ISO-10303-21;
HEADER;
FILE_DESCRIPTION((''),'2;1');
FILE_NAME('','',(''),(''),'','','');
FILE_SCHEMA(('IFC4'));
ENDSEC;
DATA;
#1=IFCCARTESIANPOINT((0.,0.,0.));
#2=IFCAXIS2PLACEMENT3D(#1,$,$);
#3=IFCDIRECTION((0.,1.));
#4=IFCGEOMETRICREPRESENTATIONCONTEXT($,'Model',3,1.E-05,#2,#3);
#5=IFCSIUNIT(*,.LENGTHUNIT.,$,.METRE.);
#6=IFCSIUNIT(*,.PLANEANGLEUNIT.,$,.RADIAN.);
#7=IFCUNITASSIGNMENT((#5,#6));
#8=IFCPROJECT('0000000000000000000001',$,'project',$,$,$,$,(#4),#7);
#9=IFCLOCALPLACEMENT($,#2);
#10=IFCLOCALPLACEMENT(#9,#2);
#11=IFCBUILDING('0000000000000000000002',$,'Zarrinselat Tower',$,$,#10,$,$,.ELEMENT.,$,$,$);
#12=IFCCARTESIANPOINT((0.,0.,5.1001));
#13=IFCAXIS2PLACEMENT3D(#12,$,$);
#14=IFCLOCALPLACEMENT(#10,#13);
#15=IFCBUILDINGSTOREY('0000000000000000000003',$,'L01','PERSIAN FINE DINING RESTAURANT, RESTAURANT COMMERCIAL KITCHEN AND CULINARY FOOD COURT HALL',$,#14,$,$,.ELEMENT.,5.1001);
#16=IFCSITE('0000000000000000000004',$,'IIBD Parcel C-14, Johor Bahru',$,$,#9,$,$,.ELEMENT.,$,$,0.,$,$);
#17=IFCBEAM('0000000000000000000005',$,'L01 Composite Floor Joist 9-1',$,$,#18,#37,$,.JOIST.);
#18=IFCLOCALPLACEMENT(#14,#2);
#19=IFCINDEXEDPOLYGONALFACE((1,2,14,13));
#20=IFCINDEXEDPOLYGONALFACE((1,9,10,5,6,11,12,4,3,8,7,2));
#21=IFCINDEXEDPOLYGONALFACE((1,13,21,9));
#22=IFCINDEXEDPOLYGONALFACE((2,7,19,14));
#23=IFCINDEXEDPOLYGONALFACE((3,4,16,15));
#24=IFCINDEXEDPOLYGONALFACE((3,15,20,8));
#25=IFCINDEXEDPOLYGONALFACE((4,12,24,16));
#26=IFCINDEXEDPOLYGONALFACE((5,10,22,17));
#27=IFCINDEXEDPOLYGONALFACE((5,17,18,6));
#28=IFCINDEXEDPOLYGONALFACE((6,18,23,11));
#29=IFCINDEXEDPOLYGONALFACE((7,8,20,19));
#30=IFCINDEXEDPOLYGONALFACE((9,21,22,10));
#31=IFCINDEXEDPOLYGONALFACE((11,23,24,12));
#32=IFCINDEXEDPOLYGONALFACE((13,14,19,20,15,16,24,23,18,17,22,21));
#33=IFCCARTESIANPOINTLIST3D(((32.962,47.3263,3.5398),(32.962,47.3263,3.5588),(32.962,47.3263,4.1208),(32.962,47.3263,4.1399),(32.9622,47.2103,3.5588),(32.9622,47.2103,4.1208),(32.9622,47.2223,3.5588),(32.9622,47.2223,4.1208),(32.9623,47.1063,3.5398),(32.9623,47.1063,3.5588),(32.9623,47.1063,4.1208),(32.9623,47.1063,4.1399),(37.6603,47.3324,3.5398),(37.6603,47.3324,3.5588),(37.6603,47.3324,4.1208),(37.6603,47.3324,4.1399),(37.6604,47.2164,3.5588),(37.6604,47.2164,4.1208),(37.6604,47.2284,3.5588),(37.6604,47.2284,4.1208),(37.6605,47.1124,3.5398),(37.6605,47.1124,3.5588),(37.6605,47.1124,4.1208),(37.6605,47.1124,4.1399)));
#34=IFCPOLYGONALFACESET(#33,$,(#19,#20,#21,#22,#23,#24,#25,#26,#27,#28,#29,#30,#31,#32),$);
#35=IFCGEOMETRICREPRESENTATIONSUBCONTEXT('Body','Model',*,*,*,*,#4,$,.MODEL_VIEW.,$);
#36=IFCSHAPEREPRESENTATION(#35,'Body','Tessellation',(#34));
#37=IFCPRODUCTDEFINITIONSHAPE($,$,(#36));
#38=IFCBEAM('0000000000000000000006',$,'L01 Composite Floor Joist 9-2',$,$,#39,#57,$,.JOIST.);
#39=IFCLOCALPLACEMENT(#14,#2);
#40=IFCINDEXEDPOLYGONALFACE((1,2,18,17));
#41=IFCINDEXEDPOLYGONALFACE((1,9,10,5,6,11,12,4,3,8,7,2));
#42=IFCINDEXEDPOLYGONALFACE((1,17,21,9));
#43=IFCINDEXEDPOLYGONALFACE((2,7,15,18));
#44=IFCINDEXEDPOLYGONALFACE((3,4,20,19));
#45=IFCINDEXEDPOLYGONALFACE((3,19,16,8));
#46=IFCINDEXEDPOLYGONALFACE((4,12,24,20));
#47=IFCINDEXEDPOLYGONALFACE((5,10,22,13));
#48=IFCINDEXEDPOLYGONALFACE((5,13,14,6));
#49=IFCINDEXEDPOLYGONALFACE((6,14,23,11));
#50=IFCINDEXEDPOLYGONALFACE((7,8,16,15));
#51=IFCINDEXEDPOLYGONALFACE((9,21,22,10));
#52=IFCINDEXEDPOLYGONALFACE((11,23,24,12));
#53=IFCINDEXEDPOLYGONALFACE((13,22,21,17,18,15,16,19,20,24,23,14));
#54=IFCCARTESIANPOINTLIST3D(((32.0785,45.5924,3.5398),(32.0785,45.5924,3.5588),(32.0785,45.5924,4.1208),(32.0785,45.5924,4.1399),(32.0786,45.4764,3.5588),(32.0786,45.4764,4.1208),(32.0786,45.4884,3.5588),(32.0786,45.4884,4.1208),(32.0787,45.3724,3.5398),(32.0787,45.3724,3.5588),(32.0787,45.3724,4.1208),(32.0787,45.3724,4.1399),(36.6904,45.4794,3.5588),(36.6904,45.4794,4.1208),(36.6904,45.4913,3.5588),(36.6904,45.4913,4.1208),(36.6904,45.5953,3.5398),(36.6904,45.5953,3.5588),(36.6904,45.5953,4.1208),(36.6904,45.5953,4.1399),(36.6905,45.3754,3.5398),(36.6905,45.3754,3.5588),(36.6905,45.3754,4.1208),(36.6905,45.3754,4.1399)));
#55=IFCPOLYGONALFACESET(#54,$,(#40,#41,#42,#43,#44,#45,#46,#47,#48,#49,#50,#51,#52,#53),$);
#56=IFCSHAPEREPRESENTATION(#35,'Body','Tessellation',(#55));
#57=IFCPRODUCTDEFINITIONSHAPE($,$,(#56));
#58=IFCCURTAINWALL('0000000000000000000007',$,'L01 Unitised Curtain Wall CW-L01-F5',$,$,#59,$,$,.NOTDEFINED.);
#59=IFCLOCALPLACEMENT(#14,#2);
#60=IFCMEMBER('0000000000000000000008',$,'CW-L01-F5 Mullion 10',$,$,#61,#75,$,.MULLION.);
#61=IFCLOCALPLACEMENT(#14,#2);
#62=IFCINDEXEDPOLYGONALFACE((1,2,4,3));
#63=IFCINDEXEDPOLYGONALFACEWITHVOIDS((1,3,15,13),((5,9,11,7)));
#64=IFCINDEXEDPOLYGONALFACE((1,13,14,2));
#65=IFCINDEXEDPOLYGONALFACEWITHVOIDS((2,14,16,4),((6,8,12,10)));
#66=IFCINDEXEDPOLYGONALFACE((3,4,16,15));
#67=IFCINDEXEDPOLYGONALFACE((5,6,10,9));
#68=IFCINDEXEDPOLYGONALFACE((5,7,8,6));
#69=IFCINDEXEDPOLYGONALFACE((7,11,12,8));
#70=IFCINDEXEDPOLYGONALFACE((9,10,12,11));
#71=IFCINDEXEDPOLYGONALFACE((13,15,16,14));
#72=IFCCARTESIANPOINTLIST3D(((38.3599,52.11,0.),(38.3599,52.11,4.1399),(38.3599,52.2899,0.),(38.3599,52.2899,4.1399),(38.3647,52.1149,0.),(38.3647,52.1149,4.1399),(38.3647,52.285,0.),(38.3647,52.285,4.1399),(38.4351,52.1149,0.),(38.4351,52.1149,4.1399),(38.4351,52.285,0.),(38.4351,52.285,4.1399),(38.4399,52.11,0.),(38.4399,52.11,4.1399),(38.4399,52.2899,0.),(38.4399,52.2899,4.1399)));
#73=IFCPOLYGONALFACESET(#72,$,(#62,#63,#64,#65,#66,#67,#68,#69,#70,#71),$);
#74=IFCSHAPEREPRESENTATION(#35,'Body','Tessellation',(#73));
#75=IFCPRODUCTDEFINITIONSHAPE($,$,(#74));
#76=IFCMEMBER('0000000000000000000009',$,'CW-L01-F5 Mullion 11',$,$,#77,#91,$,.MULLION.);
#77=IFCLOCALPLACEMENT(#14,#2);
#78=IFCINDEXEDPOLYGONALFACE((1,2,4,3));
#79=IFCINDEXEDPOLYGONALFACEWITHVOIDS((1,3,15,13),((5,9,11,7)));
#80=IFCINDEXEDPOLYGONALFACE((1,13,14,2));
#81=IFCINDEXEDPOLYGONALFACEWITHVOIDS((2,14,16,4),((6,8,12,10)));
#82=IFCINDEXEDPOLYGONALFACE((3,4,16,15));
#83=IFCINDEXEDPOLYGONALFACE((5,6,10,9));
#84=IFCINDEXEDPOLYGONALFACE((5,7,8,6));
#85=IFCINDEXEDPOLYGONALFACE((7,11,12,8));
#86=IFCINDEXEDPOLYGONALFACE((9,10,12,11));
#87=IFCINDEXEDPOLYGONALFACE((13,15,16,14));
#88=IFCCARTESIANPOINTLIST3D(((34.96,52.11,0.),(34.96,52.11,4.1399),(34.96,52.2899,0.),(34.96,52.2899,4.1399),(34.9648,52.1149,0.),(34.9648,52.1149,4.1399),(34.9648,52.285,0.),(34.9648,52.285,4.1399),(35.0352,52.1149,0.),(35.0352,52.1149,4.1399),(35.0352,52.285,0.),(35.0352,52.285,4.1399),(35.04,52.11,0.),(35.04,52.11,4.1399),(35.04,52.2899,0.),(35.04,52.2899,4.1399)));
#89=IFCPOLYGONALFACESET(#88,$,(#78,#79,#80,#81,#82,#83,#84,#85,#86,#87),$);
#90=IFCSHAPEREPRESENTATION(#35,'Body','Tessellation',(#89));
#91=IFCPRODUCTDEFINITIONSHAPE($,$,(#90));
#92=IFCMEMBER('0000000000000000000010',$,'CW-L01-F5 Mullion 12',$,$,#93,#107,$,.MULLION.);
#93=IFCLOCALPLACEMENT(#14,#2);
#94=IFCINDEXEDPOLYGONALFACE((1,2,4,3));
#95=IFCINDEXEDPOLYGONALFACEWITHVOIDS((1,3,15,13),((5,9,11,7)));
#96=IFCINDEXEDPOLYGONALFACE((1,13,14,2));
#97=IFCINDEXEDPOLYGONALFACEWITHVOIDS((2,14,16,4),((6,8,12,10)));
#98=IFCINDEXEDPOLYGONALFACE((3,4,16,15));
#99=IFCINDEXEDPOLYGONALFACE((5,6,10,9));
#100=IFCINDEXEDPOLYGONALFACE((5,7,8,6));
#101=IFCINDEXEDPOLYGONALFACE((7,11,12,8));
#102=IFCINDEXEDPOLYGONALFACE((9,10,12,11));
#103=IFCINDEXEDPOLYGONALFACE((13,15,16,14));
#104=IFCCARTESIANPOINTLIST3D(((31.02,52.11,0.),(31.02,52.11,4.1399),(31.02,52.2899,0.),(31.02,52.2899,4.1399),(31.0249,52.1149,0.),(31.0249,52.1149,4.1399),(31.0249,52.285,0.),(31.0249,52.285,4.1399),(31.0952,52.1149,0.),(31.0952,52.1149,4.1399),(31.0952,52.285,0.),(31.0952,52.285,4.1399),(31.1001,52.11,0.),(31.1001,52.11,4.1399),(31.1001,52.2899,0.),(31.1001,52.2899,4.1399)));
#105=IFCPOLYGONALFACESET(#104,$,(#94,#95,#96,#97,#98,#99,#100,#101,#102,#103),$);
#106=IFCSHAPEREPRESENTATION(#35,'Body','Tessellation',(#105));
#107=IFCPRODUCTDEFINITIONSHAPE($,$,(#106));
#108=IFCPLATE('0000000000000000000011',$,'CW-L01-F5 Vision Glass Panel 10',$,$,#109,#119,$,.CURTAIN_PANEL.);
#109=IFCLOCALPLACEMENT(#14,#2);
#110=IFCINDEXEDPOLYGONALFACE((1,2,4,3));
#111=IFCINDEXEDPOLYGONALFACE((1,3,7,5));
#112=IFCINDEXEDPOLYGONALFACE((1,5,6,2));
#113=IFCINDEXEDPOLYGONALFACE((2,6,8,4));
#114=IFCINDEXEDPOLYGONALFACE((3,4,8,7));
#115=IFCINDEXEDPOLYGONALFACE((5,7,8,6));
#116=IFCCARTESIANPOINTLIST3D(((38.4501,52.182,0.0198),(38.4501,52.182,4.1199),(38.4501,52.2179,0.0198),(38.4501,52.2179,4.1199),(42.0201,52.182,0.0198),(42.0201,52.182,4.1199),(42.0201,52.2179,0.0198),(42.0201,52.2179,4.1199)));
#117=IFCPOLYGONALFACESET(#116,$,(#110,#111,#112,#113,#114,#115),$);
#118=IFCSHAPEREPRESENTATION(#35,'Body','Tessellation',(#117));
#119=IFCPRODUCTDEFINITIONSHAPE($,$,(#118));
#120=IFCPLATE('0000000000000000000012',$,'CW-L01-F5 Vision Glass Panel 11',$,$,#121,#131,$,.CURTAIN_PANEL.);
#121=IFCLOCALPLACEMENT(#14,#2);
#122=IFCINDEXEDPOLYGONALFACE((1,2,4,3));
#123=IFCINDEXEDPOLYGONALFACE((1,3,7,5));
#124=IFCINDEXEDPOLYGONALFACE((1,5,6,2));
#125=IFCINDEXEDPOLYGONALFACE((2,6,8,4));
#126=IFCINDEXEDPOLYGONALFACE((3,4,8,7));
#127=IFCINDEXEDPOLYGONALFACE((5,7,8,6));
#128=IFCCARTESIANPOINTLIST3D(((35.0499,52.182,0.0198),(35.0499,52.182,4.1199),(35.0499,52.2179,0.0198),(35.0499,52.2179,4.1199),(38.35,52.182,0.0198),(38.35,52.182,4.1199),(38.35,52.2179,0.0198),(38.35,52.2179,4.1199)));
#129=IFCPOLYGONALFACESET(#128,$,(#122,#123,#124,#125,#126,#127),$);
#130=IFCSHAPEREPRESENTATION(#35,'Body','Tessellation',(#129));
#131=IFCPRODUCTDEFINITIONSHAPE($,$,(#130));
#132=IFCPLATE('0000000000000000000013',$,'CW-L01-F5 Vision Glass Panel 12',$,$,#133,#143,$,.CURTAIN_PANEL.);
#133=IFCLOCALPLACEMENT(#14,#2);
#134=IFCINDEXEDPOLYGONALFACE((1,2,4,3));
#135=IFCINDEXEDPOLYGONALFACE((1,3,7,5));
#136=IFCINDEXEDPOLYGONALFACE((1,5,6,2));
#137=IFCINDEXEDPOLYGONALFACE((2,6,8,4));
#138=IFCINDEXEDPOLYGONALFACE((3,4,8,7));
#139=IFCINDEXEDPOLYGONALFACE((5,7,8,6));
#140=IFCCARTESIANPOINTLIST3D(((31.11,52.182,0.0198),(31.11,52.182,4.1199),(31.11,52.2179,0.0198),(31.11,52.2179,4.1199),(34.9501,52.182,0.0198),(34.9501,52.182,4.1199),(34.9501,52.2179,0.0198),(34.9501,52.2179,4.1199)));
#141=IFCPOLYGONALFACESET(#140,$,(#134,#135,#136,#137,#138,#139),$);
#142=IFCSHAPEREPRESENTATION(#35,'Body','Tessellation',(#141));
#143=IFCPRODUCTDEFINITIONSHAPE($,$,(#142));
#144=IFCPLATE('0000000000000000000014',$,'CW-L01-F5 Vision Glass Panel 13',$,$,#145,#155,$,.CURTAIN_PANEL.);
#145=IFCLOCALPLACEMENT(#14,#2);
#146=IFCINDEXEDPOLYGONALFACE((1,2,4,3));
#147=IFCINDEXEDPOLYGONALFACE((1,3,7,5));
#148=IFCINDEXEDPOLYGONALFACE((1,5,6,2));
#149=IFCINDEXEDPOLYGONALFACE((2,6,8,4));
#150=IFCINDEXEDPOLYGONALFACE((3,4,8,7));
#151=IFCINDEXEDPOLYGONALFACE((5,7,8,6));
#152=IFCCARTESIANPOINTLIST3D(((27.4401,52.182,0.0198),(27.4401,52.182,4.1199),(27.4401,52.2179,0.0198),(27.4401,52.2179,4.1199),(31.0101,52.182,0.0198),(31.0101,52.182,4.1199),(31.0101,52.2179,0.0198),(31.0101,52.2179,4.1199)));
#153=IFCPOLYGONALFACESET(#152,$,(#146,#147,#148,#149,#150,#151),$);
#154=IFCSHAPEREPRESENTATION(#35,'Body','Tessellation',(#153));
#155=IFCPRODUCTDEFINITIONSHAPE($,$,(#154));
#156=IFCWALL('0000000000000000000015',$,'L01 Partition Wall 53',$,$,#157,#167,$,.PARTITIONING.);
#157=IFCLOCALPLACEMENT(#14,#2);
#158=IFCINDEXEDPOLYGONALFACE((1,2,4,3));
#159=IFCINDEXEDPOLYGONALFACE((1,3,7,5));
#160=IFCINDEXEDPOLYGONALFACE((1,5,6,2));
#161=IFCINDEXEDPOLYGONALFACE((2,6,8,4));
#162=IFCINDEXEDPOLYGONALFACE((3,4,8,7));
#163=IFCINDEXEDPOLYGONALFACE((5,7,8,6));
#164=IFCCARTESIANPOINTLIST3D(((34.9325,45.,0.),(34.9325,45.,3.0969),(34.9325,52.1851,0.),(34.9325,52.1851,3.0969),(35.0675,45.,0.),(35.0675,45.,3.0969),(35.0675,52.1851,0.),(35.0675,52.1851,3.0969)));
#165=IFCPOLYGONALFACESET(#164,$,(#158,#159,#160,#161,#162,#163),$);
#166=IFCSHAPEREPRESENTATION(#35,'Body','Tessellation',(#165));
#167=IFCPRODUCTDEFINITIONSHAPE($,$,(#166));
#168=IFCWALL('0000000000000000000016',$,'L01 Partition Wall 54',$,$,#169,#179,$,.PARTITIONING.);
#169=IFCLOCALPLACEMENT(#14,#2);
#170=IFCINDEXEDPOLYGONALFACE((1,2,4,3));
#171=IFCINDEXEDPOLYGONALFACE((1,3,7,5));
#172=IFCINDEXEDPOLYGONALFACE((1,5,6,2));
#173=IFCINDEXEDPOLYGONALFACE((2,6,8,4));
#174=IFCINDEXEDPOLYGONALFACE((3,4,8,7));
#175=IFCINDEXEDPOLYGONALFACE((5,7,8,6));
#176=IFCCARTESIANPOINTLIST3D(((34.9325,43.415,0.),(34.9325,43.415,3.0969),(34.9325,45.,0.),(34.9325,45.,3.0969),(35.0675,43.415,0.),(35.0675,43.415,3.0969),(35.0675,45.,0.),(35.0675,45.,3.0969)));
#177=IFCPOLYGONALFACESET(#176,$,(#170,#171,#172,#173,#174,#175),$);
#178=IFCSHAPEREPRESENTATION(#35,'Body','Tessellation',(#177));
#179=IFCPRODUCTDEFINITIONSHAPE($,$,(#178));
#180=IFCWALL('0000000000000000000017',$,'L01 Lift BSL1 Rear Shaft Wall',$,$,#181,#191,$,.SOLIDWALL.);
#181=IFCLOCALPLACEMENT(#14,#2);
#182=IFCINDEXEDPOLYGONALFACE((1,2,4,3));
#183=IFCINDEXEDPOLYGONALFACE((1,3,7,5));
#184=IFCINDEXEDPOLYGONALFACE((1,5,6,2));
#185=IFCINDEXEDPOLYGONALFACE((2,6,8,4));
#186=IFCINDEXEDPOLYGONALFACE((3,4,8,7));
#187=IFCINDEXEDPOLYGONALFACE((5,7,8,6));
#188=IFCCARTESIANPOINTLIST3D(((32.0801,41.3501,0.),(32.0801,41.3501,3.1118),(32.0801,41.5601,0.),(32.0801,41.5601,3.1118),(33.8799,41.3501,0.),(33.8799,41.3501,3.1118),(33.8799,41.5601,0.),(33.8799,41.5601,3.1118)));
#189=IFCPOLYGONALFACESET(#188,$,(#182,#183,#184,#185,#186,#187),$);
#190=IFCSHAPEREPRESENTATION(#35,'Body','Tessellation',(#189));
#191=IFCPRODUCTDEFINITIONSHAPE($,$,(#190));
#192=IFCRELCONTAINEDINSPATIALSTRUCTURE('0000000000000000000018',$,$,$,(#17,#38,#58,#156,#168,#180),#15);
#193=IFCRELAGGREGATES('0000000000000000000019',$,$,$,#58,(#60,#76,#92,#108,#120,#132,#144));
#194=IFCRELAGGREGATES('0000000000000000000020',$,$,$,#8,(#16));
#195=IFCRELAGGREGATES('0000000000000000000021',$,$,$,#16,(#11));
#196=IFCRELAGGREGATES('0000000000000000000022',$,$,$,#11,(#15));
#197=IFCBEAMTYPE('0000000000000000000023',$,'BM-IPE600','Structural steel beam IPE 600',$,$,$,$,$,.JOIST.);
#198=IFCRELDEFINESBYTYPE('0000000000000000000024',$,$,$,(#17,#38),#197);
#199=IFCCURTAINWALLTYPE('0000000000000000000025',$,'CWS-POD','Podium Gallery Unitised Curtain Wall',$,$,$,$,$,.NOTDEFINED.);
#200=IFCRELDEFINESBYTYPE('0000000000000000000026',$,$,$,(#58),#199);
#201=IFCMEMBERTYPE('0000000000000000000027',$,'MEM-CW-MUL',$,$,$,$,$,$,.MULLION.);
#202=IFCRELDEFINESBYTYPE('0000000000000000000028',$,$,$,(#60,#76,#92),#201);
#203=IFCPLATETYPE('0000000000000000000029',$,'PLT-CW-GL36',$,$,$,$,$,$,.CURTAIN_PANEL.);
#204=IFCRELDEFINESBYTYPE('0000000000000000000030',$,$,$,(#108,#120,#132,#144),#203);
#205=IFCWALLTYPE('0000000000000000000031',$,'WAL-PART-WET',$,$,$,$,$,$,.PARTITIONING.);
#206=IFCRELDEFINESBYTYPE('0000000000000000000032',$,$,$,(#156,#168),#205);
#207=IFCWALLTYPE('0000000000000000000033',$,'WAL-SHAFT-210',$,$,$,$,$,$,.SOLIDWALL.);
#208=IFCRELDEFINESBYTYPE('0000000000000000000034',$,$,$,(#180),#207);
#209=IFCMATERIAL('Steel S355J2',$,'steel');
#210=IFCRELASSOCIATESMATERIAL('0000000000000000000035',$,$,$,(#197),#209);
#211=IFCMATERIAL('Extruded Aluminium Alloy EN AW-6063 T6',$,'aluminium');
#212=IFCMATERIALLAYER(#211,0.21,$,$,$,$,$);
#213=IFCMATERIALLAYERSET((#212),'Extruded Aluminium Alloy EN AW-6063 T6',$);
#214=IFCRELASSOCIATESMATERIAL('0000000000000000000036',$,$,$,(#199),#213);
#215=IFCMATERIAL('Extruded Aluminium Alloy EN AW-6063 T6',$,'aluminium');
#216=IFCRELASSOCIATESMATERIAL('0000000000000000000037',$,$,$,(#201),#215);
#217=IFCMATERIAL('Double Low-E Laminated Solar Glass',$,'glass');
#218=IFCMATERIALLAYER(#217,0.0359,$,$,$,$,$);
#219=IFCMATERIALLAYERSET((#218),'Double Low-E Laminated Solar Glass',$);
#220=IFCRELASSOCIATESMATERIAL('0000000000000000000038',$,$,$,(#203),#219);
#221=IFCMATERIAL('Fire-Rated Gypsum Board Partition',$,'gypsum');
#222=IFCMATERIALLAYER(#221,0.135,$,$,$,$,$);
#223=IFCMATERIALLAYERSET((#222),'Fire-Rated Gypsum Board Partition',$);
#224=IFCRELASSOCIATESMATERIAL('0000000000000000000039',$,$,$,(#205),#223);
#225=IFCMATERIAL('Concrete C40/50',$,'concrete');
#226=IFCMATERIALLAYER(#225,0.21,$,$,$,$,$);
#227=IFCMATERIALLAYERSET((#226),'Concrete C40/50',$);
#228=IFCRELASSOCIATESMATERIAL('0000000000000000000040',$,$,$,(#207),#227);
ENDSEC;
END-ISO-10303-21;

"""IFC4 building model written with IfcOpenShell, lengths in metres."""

from ifc_helpers import new_model, si_unit, direction, frame, frame_2d, origin, origin_2d, place, context, subcontext, project, spatial, rectangle, hollow_rectangle, i_section, extrude, material, layer, layer_set, material_profile, profile_set, type_object, element, aggregate, save


model = new_model("IFC4")

# Units and contexts
model_context = context("Model", 3, precision=1e-05, world=origin(), true_north=direction((0.0, 1.0)))
body_context = subcontext(model_context, "Body", "Model", "MODEL_VIEW")
ifc_project = project(units=[si_unit("LENGTHUNIT", "METRE"), si_unit("PLANEANGLEUNIT", "RADIAN")], contexts=[model_context])

# Site, building, storey
site_placement = place(None, origin())
site = spatial("IfcSite", under=ifc_project, at=site_placement, Name="IIBD Parcel C-14, Johor Bahru", CompositionType="ELEMENT", RefElevation=0.0)
building_placement = place(site_placement, origin())
building = spatial("IfcBuilding", under=site, at=building_placement, Name="Zarrinselat Tower", CompositionType="ELEMENT")
storey_placement = place(building_placement, frame((0.0, 0.0, 5.1001)))
storey = spatial("IfcBuildingStorey", under=building, at=storey_placement, Name="L01", Description="PERSIAN FINE DINING RESTAURANT, RESTAURANT COMMERCIAL KITCHEN AND CULINARY FOOD COURT HALL", CompositionType="ELEMENT", Elevation=5.1001)

# Beams
ifc_material_1 = material(Name="Steel S355J2", Category="steel")
ifc_material_profile_1 = material_profile(ifc_material_1, i_section(OverallWidth=0.22, OverallDepth=0.6001, WebThickness=0.012, FlangeThickness=0.019, at=origin_2d()), Name="IPE 600")
ifc_profile_set_1 = profile_set([ifc_material_profile_1], Name="Steel S355J2")
beam_type_1 = type_object("IfcBeamType", Name="BM-IPE600", Description="Structural steel beam IPE 600", PredefinedType="JOIST", material=ifc_profile_set_1)
beam_1_placement = place(storey_placement, frame((32.9622, 47.2163, 3.8398), z_axis=(0.999999, 0.001299, 0.0), x_axis=(-0.001299, 0.999999, 0.0)))
element("IfcBeam", 1, at=beam_1_placement, inside=storey, type_object=beam_type_1, Name="L01 Composite Floor Joist 9-1", PredefinedType="JOIST", context=body_context, shape_type="SweptSolid", body=[
    extrude(i_section(OverallWidth=0.22, OverallDepth=0.6001, WebThickness=0.012, FlangeThickness=0.019, at=origin_2d()), origin(), (0.0, 0.0, 1.0), 4.6982),
])
beam_2_placement = place(storey_placement, frame((32.0786, 45.4824, 3.8398), z_axis=(1.0, 0.000635, 0.0), x_axis=(-0.000635, 1.0, 0.0)))
element("IfcBeam", 2, at=beam_2_placement, inside=storey, type_object=beam_type_1, Name="L01 Composite Floor Joist 9-2", PredefinedType="JOIST", context=body_context, shape_type="SweptSolid", body=[
    extrude(i_section(OverallWidth=0.22, OverallDepth=0.6001, WebThickness=0.012, FlangeThickness=0.019, at=origin_2d()), origin(), (0.0, 0.0, 1.0), 4.6118),
])

# Curtain wall, members, plates
ifc_material_2 = material(Name="Extruded Aluminium Alloy EN AW-6063 T6", Category="aluminium")
ifc_layer_1 = layer(ifc_material_2, 0.21)
ifc_layer_set_1 = layer_set([ifc_layer_1], Name="Extruded Aluminium Alloy EN AW-6063 T6")
curtain_wall_type = type_object("IfcCurtainWallType", Name="CWS-POD", Description="Podium Gallery Unitised Curtain Wall", PredefinedType="NOTDEFINED", material=ifc_layer_set_1)
curtain_wall_placement = place(storey_placement, origin())
curtain_wall = element("IfcCurtainWall", 3, at=curtain_wall_placement, inside=storey, type_object=curtain_wall_type, Name="L01 Unitised Curtain Wall CW-L01-F5", PredefinedType="NOTDEFINED")
ifc_material_3 = material(Name="Extruded Aluminium Alloy EN AW-6063 T6", Category="aluminium")
ifc_material_profile_2 = material_profile(ifc_material_3, hollow_rectangle(XDim=0.0801, YDim=0.1799, WallThickness=0.0049, at=origin_2d()), Name="RHS 180x80x5")
ifc_profile_set_2 = profile_set([ifc_material_profile_2], Name="Extruded Aluminium Alloy EN AW-6063 T6")
member_type = type_object("IfcMemberType", Name="MEM-CW-MUL", PredefinedType="MULLION", material=ifc_profile_set_2)
member_1_placement = place(storey_placement, frame((38.3999, 52.2, 0.0), z_axis=(0.0, 0.0, 1.0), x_axis=(-1.0, 0.0, 0.0)))
member_1 = element("IfcMember", 4, at=member_1_placement, type_object=member_type, Name="CW-L01-F5 Mullion 10", PredefinedType="MULLION", context=body_context, shape_type="SweptSolid", body=[
    extrude(hollow_rectangle(XDim=0.0801, YDim=0.1799, WallThickness=0.0049, at=origin_2d()), origin(), (0.0, 0.0, 1.0), 4.1399),
])
member_2_placement = place(storey_placement, frame((35.0, 52.2, 0.0), z_axis=(0.0, 0.0, 1.0), x_axis=(-1.0, 0.0, 0.0)))
member_2 = element("IfcMember", 5, at=member_2_placement, type_object=member_type, Name="CW-L01-F5 Mullion 11", PredefinedType="MULLION", context=body_context, shape_type="SweptSolid", body=[
    extrude(hollow_rectangle(XDim=0.0801, YDim=0.1799, WallThickness=0.0049, at=origin_2d()), origin(), (0.0, 0.0, 1.0), 4.1399),
])
member_3_placement = place(storey_placement, frame((31.0601, 52.2, 0.0), z_axis=(0.0, 0.0, 1.0), x_axis=(-1.0, 0.0, 0.0)))
member_3 = element("IfcMember", 6, at=member_3_placement, type_object=member_type, Name="CW-L01-F5 Mullion 12", PredefinedType="MULLION", context=body_context, shape_type="SweptSolid", body=[
    extrude(hollow_rectangle(XDim=0.0801, YDim=0.1799, WallThickness=0.0049, at=origin_2d()), origin(), (0.0, 0.0, 1.0), 4.1399),
])
ifc_material_4 = material(Name="Double Low-E Laminated Solar Glass", Category="glass")
ifc_layer_2 = layer(ifc_material_4, 0.0359)
ifc_layer_set_2 = layer_set([ifc_layer_2], Name="Double Low-E Laminated Solar Glass")
plate_type = type_object("IfcPlateType", Name="PLT-CW-GL36", PredefinedType="CURTAIN_PANEL", material=ifc_layer_set_2)
plate_1_placement = place(storey_placement, frame((40.2351, 52.2, 0.0198), z_axis=(0.0, 0.0, 1.0), x_axis=(-1.0, 0.0, 0.0)))
plate_1 = element("IfcPlate", 7, at=plate_1_placement, type_object=plate_type, Name="CW-L01-F5 Vision Glass Panel 10", PredefinedType="CURTAIN_PANEL", context=body_context, shape_type="SweptSolid", body=[
    extrude(rectangle(XDim=3.5701, YDim=0.0359, at=origin_2d()), origin(), (0.0, 0.0, 1.0), 4.1001),
])
plate_2_placement = place(storey_placement, frame((36.7, 52.2, 0.0198), z_axis=(0.0, 0.0, 1.0), x_axis=(-1.0, 0.0, 0.0)))
plate_2 = element("IfcPlate", 8, at=plate_2_placement, type_object=plate_type, Name="CW-L01-F5 Vision Glass Panel 11", PredefinedType="CURTAIN_PANEL", context=body_context, shape_type="SweptSolid", body=[
    extrude(rectangle(XDim=3.3, YDim=0.0359, at=origin_2d()), origin(), (0.0, 0.0, 1.0), 4.1001),
])
plate_3_placement = place(storey_placement, frame((33.03, 52.2, 0.0198), z_axis=(0.0, 0.0, 1.0), x_axis=(-1.0, 0.0, 0.0)))
plate_3 = element("IfcPlate", 9, at=plate_3_placement, type_object=plate_type, Name="CW-L01-F5 Vision Glass Panel 12", PredefinedType="CURTAIN_PANEL", context=body_context, shape_type="SweptSolid", body=[
    extrude(rectangle(XDim=3.8401, YDim=0.0359, at=origin_2d()), origin(), (0.0, 0.0, 1.0), 4.1001),
])
plate_4_placement = place(storey_placement, frame((29.2251, 52.2, 0.0198), z_axis=(0.0, 0.0, 1.0), x_axis=(-1.0, 0.0, 0.0)))
plate_4 = element("IfcPlate", 10, at=plate_4_placement, type_object=plate_type, Name="CW-L01-F5 Vision Glass Panel 13", PredefinedType="CURTAIN_PANEL", context=body_context, shape_type="SweptSolid", body=[
    extrude(rectangle(XDim=3.5701, YDim=0.0359, at=origin_2d()), origin(), (0.0, 0.0, 1.0), 4.1001),
])
aggregate(curtain_wall, [member_1, member_2, member_3, plate_1, plate_2, plate_3, plate_4])

# Walls
ifc_material_5 = material(Name="Fire-Rated Gypsum Board Partition", Category="gypsum")
ifc_layer_3 = layer(ifc_material_5, 0.135)
ifc_layer_set_3 = layer_set([ifc_layer_3], Name="Fire-Rated Gypsum Board Partition")
wall_type_1 = type_object("IfcWallType", Name="WAL-PART-WET", PredefinedType="PARTITIONING", material=ifc_layer_set_3)
wall_1_placement = place(storey_placement, frame((35.0, 45.0, 0.0), z_axis=(0.0, 0.0, 1.0), x_axis=(0.0, 1.0, 0.0)))
element("IfcWall", 11, at=wall_1_placement, inside=storey, type_object=wall_type_1, Name="L01 Partition Wall 53", PredefinedType="PARTITIONING", context=body_context, shape_type="SweptSolid", body=[
    extrude(rectangle(XDim=7.1851, YDim=0.135, at=frame_2d((3.5925, 0.0))), origin(), (0.0, 0.0, 1.0), 3.0969),
])
wall_2_placement = place(storey_placement, frame((35.0, 43.415, 0.0), z_axis=(0.0, 0.0, 1.0), x_axis=(0.0, 1.0, 0.0)))
element("IfcWall", 12, at=wall_2_placement, inside=storey, type_object=wall_type_1, Name="L01 Partition Wall 54", PredefinedType="PARTITIONING", context=body_context, shape_type="SweptSolid", body=[
    extrude(rectangle(XDim=1.585, YDim=0.135, at=frame_2d((0.7925, 0.0))), origin(), (0.0, 0.0, 1.0), 3.0969),
])
ifc_material_6 = material(Name="Concrete C40/50", Category="concrete")
ifc_layer_4 = layer(ifc_material_6, 0.21)
ifc_layer_set_4 = layer_set([ifc_layer_4], Name="Concrete C40/50")
wall_type_2 = type_object("IfcWallType", Name="WAL-SHAFT-210", PredefinedType="SOLIDWALL", material=ifc_layer_set_4)
wall_3_placement = place(storey_placement, frame((32.0801, 41.4551, 0.0), z_axis=(0.0, 0.0, 1.0), x_axis=(1.0, 0.0, 0.0)))
element("IfcWall", 13, at=wall_3_placement, inside=storey, type_object=wall_type_2, Name="L01 Lift BSL1 Rear Shaft Wall", PredefinedType="SOLIDWALL", context=body_context, shape_type="SweptSolid", body=[
    extrude(rectangle(XDim=1.7998, YDim=0.21, at=frame_2d((0.8999, 0.0))), origin(), (0.0, 0.0, 1.0), 3.1118),
])

save(model, "model.ifc")
